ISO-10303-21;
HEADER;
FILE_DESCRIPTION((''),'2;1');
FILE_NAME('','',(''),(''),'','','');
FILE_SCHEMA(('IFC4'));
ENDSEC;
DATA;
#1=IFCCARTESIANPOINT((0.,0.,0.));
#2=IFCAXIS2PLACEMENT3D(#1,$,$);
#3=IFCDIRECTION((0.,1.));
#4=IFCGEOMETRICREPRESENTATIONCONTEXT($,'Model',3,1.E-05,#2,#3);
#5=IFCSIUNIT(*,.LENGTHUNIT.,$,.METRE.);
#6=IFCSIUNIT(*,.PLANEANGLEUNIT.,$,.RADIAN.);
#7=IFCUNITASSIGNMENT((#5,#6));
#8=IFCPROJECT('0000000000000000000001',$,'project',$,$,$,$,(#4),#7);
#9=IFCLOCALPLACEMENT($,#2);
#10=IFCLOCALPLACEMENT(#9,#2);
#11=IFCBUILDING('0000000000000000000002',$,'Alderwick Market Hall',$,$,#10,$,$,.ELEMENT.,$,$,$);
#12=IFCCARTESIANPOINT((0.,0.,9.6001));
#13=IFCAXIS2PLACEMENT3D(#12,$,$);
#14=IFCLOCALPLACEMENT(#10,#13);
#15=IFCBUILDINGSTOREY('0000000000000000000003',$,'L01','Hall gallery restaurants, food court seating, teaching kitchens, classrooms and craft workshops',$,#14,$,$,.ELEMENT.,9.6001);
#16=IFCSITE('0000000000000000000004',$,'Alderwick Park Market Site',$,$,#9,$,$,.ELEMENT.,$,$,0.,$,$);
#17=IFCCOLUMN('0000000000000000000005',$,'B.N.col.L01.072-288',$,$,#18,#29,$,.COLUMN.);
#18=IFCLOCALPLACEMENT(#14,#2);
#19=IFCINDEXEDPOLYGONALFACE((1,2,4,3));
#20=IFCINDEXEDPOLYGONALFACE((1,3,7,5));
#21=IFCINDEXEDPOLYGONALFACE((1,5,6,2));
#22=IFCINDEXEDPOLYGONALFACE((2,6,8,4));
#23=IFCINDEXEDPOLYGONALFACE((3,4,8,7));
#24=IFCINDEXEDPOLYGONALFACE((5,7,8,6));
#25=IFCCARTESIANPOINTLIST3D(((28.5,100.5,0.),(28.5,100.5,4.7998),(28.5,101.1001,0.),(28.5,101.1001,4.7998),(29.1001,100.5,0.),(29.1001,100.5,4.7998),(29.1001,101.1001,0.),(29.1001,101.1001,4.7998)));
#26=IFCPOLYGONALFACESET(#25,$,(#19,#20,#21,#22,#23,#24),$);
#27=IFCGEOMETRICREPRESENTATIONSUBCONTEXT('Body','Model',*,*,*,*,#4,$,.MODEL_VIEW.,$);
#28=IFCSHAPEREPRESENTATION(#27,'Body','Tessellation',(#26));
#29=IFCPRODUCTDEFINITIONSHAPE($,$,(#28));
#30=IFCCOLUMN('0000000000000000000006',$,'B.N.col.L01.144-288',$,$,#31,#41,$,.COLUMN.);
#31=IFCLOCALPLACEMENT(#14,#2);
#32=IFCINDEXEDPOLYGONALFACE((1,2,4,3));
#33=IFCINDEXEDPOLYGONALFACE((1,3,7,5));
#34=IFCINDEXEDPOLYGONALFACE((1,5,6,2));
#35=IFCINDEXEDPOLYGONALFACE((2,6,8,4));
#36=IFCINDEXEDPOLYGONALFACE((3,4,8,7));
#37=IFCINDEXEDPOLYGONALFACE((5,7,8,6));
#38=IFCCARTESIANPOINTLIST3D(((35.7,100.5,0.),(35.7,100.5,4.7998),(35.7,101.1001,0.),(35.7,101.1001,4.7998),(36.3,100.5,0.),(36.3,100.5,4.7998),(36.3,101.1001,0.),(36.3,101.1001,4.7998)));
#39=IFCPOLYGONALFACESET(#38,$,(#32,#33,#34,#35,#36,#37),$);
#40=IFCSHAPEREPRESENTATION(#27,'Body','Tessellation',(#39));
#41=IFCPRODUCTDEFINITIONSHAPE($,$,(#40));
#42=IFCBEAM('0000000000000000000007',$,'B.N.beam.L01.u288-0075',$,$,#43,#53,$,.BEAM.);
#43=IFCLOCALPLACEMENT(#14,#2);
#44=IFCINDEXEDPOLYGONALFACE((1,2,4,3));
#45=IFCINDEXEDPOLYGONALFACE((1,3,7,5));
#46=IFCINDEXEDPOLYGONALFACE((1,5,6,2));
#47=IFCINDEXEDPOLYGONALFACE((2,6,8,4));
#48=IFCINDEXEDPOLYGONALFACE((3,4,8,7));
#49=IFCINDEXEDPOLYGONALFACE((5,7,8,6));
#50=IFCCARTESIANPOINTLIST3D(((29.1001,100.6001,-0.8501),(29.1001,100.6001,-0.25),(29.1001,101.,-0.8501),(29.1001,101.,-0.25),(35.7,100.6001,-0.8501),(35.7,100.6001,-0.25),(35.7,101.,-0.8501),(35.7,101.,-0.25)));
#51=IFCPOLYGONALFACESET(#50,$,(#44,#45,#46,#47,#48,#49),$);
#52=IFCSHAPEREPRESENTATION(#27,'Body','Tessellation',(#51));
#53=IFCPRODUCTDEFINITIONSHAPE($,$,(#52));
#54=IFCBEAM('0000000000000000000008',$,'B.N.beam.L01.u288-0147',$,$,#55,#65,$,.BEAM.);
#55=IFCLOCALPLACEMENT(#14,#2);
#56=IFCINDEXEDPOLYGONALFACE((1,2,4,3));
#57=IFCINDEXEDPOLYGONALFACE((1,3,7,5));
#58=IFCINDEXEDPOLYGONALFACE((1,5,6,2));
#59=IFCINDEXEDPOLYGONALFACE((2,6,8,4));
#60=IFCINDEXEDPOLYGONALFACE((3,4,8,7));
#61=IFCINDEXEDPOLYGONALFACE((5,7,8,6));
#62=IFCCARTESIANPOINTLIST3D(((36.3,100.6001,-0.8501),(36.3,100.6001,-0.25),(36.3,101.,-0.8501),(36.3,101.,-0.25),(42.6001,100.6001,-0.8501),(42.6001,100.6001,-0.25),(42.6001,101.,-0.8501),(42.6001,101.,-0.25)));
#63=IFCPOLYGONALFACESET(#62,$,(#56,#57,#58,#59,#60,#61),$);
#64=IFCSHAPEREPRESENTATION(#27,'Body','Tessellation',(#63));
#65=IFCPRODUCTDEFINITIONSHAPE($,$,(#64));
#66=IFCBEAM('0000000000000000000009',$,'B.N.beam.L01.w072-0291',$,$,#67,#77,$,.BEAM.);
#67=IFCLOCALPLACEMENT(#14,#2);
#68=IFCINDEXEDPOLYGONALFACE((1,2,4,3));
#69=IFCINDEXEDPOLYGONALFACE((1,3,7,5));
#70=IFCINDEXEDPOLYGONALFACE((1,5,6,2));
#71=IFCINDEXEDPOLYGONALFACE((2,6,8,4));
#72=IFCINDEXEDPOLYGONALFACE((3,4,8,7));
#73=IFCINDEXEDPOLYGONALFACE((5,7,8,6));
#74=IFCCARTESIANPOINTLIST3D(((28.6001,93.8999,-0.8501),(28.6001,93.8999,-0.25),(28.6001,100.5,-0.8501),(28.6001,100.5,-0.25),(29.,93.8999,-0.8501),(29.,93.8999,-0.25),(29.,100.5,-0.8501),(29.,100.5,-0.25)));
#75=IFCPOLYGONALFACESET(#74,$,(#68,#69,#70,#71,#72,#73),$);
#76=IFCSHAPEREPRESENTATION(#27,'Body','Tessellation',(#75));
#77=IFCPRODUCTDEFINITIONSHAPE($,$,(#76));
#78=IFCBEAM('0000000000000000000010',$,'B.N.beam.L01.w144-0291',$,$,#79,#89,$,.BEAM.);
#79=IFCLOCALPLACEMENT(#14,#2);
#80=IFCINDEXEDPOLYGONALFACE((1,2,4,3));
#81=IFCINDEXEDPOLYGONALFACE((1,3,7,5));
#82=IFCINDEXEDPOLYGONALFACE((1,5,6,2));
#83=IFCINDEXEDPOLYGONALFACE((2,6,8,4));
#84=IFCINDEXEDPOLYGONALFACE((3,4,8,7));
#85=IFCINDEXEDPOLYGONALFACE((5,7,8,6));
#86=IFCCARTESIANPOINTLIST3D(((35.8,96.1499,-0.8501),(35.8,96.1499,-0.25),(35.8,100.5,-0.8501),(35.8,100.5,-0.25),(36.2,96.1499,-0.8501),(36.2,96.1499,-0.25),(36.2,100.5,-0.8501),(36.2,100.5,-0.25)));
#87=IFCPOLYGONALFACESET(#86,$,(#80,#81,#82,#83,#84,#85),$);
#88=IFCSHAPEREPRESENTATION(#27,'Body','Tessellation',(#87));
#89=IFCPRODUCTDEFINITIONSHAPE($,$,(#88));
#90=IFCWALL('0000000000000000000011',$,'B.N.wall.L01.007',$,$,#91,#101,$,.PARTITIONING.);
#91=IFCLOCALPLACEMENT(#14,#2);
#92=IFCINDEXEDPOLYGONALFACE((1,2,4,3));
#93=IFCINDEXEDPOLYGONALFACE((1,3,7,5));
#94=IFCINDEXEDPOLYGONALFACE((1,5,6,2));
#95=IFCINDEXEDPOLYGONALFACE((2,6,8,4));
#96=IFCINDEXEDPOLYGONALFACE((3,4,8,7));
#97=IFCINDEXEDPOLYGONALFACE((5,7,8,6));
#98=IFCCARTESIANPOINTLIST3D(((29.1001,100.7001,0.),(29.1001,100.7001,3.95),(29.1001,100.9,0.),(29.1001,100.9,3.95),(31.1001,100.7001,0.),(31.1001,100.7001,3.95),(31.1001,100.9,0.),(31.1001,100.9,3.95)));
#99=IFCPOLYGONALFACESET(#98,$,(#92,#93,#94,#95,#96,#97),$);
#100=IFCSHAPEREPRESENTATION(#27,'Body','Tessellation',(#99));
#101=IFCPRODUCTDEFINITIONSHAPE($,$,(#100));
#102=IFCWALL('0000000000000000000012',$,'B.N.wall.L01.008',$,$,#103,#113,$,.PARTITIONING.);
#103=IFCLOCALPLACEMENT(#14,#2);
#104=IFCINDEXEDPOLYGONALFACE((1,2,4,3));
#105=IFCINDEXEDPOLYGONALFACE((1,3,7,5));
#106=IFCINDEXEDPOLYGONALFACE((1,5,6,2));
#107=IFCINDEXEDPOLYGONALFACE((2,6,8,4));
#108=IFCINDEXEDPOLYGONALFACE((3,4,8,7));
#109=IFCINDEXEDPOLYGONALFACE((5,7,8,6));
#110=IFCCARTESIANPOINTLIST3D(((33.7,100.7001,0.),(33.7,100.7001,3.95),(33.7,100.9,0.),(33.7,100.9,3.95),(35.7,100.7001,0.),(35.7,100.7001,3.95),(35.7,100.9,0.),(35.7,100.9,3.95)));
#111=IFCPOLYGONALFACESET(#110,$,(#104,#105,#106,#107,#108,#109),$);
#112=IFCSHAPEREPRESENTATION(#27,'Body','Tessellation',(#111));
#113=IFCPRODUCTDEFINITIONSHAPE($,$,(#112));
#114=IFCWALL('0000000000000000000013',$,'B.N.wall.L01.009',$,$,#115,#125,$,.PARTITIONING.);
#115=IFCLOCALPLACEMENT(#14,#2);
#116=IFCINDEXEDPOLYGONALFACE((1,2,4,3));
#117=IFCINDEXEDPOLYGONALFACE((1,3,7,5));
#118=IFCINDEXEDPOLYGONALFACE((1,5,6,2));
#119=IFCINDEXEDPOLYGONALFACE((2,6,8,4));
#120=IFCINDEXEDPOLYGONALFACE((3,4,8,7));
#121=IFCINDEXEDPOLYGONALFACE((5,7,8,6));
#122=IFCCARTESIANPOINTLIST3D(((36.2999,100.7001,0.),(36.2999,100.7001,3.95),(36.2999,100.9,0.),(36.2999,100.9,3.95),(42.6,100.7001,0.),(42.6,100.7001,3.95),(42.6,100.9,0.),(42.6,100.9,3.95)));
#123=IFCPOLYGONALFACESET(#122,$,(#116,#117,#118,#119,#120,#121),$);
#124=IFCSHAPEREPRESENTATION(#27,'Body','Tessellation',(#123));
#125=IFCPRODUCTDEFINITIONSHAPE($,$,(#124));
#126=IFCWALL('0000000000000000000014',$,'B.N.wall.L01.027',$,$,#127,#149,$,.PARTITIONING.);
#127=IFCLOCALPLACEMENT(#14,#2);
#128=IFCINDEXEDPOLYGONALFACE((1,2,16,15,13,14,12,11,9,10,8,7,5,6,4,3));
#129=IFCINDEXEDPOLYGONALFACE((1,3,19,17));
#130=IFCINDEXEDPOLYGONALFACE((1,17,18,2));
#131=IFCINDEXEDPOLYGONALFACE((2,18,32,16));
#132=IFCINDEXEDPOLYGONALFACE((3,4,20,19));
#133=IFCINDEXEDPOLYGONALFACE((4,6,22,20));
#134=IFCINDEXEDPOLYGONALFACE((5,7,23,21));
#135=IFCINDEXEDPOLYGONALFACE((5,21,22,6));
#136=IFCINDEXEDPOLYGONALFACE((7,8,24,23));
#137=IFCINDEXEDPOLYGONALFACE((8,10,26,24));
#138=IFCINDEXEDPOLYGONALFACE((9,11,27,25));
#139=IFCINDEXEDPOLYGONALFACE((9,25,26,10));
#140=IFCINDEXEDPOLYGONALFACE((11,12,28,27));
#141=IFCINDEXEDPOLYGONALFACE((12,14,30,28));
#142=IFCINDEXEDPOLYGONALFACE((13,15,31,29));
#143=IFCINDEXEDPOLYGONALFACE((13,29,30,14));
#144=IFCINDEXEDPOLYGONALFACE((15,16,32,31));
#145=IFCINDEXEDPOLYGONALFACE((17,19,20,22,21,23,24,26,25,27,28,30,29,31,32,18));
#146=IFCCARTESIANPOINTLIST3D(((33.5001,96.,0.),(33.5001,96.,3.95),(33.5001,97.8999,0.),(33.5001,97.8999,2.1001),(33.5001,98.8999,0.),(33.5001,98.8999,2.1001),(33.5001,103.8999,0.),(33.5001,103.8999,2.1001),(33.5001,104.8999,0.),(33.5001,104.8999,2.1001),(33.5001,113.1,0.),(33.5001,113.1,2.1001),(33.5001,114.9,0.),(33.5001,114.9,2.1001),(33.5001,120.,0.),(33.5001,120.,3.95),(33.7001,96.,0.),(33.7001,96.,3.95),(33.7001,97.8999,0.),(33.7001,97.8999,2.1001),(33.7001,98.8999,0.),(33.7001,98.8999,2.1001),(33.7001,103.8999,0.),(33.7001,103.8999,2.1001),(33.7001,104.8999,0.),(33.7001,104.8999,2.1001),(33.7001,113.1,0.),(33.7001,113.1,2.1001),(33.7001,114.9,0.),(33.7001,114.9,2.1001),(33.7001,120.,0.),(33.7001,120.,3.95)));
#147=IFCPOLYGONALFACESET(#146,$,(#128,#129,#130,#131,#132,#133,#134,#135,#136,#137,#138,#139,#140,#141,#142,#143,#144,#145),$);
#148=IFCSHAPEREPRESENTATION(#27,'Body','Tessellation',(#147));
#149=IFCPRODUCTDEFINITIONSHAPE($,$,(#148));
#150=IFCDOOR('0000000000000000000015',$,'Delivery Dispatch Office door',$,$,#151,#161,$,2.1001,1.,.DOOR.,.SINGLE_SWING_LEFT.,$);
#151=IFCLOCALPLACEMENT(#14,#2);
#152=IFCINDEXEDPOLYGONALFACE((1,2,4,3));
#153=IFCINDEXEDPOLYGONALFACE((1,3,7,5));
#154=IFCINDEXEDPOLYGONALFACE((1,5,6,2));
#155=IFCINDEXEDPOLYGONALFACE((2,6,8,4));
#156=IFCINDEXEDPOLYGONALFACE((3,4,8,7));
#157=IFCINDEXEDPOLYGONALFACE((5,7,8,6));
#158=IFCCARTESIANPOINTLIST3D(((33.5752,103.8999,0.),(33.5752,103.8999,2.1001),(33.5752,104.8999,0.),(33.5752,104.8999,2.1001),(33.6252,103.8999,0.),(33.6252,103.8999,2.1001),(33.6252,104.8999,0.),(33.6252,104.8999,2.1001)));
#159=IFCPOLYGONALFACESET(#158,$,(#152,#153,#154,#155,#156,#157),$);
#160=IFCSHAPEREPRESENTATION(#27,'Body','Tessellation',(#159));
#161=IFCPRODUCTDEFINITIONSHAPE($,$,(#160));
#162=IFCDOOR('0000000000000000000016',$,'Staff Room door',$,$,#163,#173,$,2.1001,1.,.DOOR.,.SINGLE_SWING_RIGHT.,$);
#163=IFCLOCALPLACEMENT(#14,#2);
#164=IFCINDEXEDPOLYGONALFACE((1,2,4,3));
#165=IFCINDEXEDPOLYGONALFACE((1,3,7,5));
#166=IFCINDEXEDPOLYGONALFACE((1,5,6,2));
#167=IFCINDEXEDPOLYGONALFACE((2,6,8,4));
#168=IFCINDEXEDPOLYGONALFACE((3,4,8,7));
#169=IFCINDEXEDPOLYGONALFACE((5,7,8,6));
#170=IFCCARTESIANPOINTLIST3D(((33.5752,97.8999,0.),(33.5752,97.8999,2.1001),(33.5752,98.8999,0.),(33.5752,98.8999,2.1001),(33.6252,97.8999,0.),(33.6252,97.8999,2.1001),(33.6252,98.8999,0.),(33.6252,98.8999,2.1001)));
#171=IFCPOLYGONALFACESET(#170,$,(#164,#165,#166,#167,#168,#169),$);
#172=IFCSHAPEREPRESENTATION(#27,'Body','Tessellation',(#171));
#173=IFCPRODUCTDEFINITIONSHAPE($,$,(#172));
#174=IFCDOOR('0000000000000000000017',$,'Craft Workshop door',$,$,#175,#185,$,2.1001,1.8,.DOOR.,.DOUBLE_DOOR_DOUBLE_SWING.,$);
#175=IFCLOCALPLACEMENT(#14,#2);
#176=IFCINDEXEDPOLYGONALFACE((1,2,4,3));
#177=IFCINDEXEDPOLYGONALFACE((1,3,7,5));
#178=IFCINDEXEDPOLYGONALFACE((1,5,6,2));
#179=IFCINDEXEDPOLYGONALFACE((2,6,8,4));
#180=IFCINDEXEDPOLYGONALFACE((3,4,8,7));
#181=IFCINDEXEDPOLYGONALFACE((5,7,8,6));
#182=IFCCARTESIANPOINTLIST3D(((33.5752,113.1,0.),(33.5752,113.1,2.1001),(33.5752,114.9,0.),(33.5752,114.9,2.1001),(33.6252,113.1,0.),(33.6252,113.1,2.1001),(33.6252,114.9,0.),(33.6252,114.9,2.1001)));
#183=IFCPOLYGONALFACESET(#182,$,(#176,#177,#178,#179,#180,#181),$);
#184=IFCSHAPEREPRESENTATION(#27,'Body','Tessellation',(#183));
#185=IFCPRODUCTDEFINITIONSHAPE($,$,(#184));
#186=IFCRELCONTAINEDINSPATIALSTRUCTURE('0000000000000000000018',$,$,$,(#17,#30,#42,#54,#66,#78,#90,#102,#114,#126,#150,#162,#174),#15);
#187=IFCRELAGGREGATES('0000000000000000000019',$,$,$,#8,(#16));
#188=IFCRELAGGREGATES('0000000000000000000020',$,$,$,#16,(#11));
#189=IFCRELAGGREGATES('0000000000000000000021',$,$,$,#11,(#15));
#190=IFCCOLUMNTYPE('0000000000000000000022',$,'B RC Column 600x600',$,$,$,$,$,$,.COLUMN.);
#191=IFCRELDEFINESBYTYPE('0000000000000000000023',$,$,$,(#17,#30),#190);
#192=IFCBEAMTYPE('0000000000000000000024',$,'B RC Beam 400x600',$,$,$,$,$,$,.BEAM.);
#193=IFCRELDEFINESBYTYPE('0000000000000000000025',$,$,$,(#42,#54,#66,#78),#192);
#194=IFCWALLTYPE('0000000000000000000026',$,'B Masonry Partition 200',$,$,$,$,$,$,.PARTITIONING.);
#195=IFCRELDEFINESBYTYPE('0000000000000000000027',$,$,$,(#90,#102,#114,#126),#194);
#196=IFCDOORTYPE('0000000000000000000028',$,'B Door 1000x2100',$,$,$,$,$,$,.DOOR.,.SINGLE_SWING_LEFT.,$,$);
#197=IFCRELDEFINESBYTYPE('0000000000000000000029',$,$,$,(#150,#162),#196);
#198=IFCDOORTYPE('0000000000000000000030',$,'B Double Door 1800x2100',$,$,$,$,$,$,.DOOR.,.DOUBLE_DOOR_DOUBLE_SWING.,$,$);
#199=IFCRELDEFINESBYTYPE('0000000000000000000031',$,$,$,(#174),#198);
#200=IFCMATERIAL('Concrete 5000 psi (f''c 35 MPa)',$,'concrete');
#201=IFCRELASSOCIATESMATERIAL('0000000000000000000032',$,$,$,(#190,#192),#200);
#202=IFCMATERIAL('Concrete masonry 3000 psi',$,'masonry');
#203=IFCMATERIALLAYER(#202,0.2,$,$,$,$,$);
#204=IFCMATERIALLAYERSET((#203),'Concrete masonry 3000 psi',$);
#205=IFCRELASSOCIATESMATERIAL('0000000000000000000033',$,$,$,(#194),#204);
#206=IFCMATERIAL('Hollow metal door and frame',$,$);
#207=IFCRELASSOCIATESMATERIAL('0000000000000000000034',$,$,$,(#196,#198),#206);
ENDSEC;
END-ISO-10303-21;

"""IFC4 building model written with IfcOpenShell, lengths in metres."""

from ifc_helpers import new_model, si_unit, direction, frame, frame_2d, origin, origin_2d, place, context, subcontext, project, spatial, rectangle, extrude, material, layer, layer_set, material_profile, profile_set, type_object, element, fill, save


model = new_model("IFC4")

# Units and contexts
model_context = context("Model", 3, precision=1e-05, world=origin(), true_north=direction((0.0, 1.0)))
body_context = subcontext(model_context, "Body", "Model", "MODEL_VIEW")
ifc_project = project(units=[si_unit("LENGTHUNIT", "METRE"), si_unit("PLANEANGLEUNIT", "RADIAN")], contexts=[model_context])

# Site, building, storey
site_placement = place(None, origin())
site = spatial("IfcSite", under=ifc_project, at=site_placement, Name="Alderwick Park Market Site", CompositionType="ELEMENT", RefElevation=0.0)
building_placement = place(site_placement, origin())
building = spatial("IfcBuilding", under=site, at=building_placement, Name="Alderwick Market Hall", CompositionType="ELEMENT")
storey_placement = place(building_placement, frame((0.0, 0.0, 9.6001)))
storey = spatial("IfcBuildingStorey", under=building, at=storey_placement, Name="L01", Description="Hall gallery restaurants, food court seating, teaching kitchens, classrooms and craft workshops", CompositionType="ELEMENT", Elevation=9.6001)

# Columns
ifc_material_1 = material(Name="Concrete 5000 psi (f'c 35 MPa)", Category="concrete")
ifc_material_profile_1 = material_profile(ifc_material_1, rectangle(XDim=0.6001, YDim=0.6001, at=origin_2d()), Name="B RC Column 600x600")
ifc_profile_set_1 = profile_set([ifc_material_profile_1], Name="Concrete 5000 psi (f'c 35 MPa)")
column_type = type_object("IfcColumnType", Name="B RC Column 600x600", PredefinedType="COLUMN", material=ifc_profile_set_1)
for number, where, z_axis, x_axis, name in (
    (1, (28.8, 100.8, 0.0), (0.0, 0.0, 1.0), (1.0, 0.0, 0.0), "B.N.col.L01.072-288"),
    (2, (36.0, 100.8, 0.0), (0.0, 0.0, 1.0), (1.0, 0.0, 0.0), "B.N.col.L01.144-288"),
):
    element("IfcColumn", number, at=place(storey_placement, frame(where, z_axis=z_axis, x_axis=x_axis)), inside=storey, type_object=column_type, Name=name, PredefinedType="COLUMN", context=body_context, shape_type="SweptSolid", body=[
        extrude(rectangle(XDim=0.6001, YDim=0.6001, at=origin_2d()), origin(), (0.0, 0.0, 1.0), 4.7998),
    ])

# Beams
ifc_material_profile_2 = material_profile(ifc_material_1, rectangle(XDim=0.3999, YDim=0.6001, at=origin_2d()), Name="B RC Beam 400x600")
ifc_profile_set_2 = profile_set([ifc_material_profile_2], Name="Concrete 5000 psi (f'c 35 MPa)")
beam_type = type_object("IfcBeamType", Name="B RC Beam 400x600", PredefinedType="BEAM", material=ifc_profile_set_2)
beam_1_placement = place(storey_placement, frame((29.1001, 100.8, -0.55), z_axis=(1.0, 0.0, 0.0), x_axis=(0.0, 1.0, 0.0)))
element("IfcBeam", 3, at=beam_1_placement, inside=storey, type_object=beam_type, Name="B.N.beam.L01.u288-0075", PredefinedType="BEAM", context=body_context, shape_type="SweptSolid", body=[
    extrude(rectangle(XDim=0.3999, YDim=0.6001, at=origin_2d()), origin(), (0.0, 0.0, 1.0), 6.5999),
])
beam_2_placement = place(storey_placement, frame((36.3, 100.8, -0.55), z_axis=(1.0, 0.0, 0.0), x_axis=(0.0, 1.0, 0.0)))
element("IfcBeam", 4, at=beam_2_placement, inside=storey, type_object=beam_type, Name="B.N.beam.L01.u288-0147", PredefinedType="BEAM", context=body_context, shape_type="SweptSolid", body=[
    extrude(rectangle(XDim=0.3999, YDim=0.6001, at=origin_2d()), origin(), (0.0, 0.0, 1.0), 6.3),
])
beam_3_placement = place(storey_placement, frame((28.8, 100.5, -0.55), z_axis=(0.0, -1.0, 0.0), x_axis=(1.0, 0.0, 0.0)))
element("IfcBeam", 5, at=beam_3_placement, inside=storey, type_object=beam_type, Name="B.N.beam.L01.w072-0291", PredefinedType="BEAM", context=body_context, shape_type="SweptSolid", body=[
    extrude(rectangle(XDim=0.3999, YDim=0.6001, at=origin_2d()), origin(), (0.0, 0.0, 1.0), 6.6001),
])
beam_4_placement = place(storey_placement, frame((36.0, 100.5, -0.55), z_axis=(0.0, -1.0, 0.0), x_axis=(1.0, 0.0, 0.0)))
element("IfcBeam", 6, at=beam_4_placement, inside=storey, type_object=beam_type, Name="B.N.beam.L01.w144-0291", PredefinedType="BEAM", context=body_context, shape_type="SweptSolid", body=[
    extrude(rectangle(XDim=0.3999, YDim=0.6001, at=origin_2d()), origin(), (0.0, 0.0, 1.0), 4.3501),
])

# Walls
ifc_material_2 = material(Name="Concrete masonry 3000 psi", Category="masonry")
ifc_layer_1 = layer(ifc_material_2, 0.2)
ifc_layer_set_1 = layer_set([ifc_layer_1], Name="Concrete masonry 3000 psi")
wall_type_1 = type_object("IfcWallType", Name="B Masonry Partition 200", PredefinedType="PARTITIONING", material=ifc_layer_set_1)
for number, where, z_axis, x_axis, name in (
    (7, (29.1001, 100.8, 0.0), (0.0, 0.0, 1.0), (1.0, 0.0, 0.0), "B.N.wall.L01.007"),
    (8, (33.7, 100.8, 0.0), (0.0, 0.0, 1.0), (1.0, 0.0, 0.0), "B.N.wall.L01.008"),
):
    element("IfcWall", number, at=place(storey_placement, frame(where, z_axis=z_axis, x_axis=x_axis)), inside=storey, type_object=wall_type_1, Name=name, PredefinedType="PARTITIONING", context=body_context, shape_type="SweptSolid", body=[
        extrude(rectangle(XDim=2.0, YDim=0.2, at=frame_2d((1.0, 0.0))), origin(), (0.0, 0.0, 1.0), 3.95),
    ])
wall_1_placement = place(storey_placement, frame((36.3, 100.8, 0.0), z_axis=(0.0, 0.0, 1.0), x_axis=(1.0, 0.0, 0.0)))
element("IfcWall", 9, at=wall_1_placement, inside=storey, type_object=wall_type_1, Name="B.N.wall.L01.009", PredefinedType="PARTITIONING", context=body_context, shape_type="SweptSolid", body=[
    extrude(rectangle(XDim=6.3, YDim=0.2, at=frame_2d((3.1499, 0.0))), origin(), (0.0, 0.0, 1.0), 3.95),
])

# Wall, openings, doors
wall_2_placement = place(storey_placement, frame((33.6001, 96.0, 0.0), z_axis=(0.0, 0.0, 1.0), x_axis=(0.0, 1.0, 0.0)))
wall_2 = element("IfcWall", 10, at=wall_2_placement, inside=storey, type_object=wall_type_1, Name="B.N.wall.L01.027", PredefinedType="PARTITIONING", context=body_context, shape_type="SweptSolid", body=[
    extrude(rectangle(XDim=24.0, YDim=0.2, at=frame_2d((12.0, 0.0))), origin(), (0.0, 0.0, 1.0), 3.95),
])
opening_1_placement = place(wall_2_placement, frame((17.1001, 0.0, 0.0)))
opening_1 = element("IfcOpeningElement", 11, at=opening_1_placement, cuts=wall_2, PredefinedType="OPENING", context=body_context, shape_type="SweptSolid", body=[
    extrude(rectangle(XDim=1.8, YDim=2.1001, at=frame_2d((0.8999, 1.05))), frame((0.0, 0.1099, 0.0), z_axis=(0.0, -1.0, 0.0), x_axis=(1.0, 0.0, 0.0)), (0.0, 0.0, 1.0), 0.22),
])
opening_2_placement = place(wall_2_placement, frame((7.8999, 0.0, 0.0)))
opening_2 = element("IfcOpeningElement", 12, at=opening_2_placement, cuts=wall_2, PredefinedType="OPENING", context=body_context, shape_type="SweptSolid", body=[
    extrude(rectangle(XDim=1.0, YDim=2.1001, at=frame_2d((0.5, 1.05))), frame((0.0, 0.1099, 0.0), z_axis=(0.0, -1.0, 0.0), x_axis=(1.0, 0.0, 0.0)), (0.0, 0.0, 1.0), 0.22),
])
opening_3_placement = place(wall_2_placement, frame((1.8999, 0.0, 0.0)))
opening_3 = element("IfcOpeningElement", 13, at=opening_3_placement, cuts=wall_2, PredefinedType="OPENING", context=body_context, shape_type="SweptSolid", body=[
    extrude(rectangle(XDim=1.0, YDim=2.1001, at=frame_2d((0.5, 1.05))), frame((0.0, 0.1099, 0.0), z_axis=(0.0, -1.0, 0.0), x_axis=(1.0, 0.0, 0.0)), (0.0, 0.0, 1.0), 0.22),
])
ifc_material_3 = material(Name="Hollow metal door and frame")
door_type_1 = type_object("IfcDoorType", Name="B Door 1000x2100", OperationType="SINGLE_SWING_LEFT", PredefinedType="DOOR", material=ifc_material_3)
door_1_placement = place(opening_2_placement, origin())
door_1 = element("IfcDoor", 14, at=door_1_placement, inside=storey, type_object=door_type_1, Name="Delivery Dispatch Office door", OperationType="SINGLE_SWING_LEFT", OverallHeight=2.1001, OverallWidth=1.0, PredefinedType="DOOR", context=body_context, shape_type="SweptSolid", body=[
    extrude(rectangle(XDim=1.0, YDim=2.1001, at=frame_2d((0.5, 1.05))), frame((0.0, 0.0249, 0.0), z_axis=(0.0, -1.0, 0.0), x_axis=(1.0, 0.0, 0.0)), (0.0, 0.0, 1.0), 0.05),
])
fill(opening_2, door_1)
door_2_placement = place(opening_3_placement, origin())
door_2 = element("IfcDoor", 15, at=door_2_placement, inside=storey, type_object=door_type_1, Name="Staff Room door", OperationType="SINGLE_SWING_RIGHT", OverallHeight=2.1001, OverallWidth=1.0, PredefinedType="DOOR", context=body_context, shape_type="SweptSolid", body=[
    extrude(rectangle(XDim=1.0, YDim=2.1001, at=frame_2d((0.5, 1.05))), frame((0.0, 0.0249, 0.0), z_axis=(0.0, -1.0, 0.0), x_axis=(1.0, 0.0, 0.0)), (0.0, 0.0, 1.0), 0.05),
])
fill(opening_3, door_2)
door_type_2 = type_object("IfcDoorType", Name="B Double Door 1800x2100", OperationType="DOUBLE_DOOR_DOUBLE_SWING", PredefinedType="DOOR", material=ifc_material_3)
door_3_placement = place(opening_1_placement, origin())
door_3 = element("IfcDoor", 16, at=door_3_placement, inside=storey, type_object=door_type_2, Name="Craft Workshop door", OperationType="DOUBLE_DOOR_DOUBLE_SWING", OverallHeight=2.1001, OverallWidth=1.8, PredefinedType="DOOR", context=body_context, shape_type="SweptSolid", body=[
    extrude(rectangle(XDim=1.8, YDim=2.1001, at=frame_2d((0.8999, 1.05))), frame((0.0, 0.0249, 0.0), z_axis=(0.0, -1.0, 0.0), x_axis=(1.0, 0.0, 0.0)), (0.0, 0.0, 1.0), 0.05),
])
fill(opening_1, door_3)

save(model, "model.ifc")
